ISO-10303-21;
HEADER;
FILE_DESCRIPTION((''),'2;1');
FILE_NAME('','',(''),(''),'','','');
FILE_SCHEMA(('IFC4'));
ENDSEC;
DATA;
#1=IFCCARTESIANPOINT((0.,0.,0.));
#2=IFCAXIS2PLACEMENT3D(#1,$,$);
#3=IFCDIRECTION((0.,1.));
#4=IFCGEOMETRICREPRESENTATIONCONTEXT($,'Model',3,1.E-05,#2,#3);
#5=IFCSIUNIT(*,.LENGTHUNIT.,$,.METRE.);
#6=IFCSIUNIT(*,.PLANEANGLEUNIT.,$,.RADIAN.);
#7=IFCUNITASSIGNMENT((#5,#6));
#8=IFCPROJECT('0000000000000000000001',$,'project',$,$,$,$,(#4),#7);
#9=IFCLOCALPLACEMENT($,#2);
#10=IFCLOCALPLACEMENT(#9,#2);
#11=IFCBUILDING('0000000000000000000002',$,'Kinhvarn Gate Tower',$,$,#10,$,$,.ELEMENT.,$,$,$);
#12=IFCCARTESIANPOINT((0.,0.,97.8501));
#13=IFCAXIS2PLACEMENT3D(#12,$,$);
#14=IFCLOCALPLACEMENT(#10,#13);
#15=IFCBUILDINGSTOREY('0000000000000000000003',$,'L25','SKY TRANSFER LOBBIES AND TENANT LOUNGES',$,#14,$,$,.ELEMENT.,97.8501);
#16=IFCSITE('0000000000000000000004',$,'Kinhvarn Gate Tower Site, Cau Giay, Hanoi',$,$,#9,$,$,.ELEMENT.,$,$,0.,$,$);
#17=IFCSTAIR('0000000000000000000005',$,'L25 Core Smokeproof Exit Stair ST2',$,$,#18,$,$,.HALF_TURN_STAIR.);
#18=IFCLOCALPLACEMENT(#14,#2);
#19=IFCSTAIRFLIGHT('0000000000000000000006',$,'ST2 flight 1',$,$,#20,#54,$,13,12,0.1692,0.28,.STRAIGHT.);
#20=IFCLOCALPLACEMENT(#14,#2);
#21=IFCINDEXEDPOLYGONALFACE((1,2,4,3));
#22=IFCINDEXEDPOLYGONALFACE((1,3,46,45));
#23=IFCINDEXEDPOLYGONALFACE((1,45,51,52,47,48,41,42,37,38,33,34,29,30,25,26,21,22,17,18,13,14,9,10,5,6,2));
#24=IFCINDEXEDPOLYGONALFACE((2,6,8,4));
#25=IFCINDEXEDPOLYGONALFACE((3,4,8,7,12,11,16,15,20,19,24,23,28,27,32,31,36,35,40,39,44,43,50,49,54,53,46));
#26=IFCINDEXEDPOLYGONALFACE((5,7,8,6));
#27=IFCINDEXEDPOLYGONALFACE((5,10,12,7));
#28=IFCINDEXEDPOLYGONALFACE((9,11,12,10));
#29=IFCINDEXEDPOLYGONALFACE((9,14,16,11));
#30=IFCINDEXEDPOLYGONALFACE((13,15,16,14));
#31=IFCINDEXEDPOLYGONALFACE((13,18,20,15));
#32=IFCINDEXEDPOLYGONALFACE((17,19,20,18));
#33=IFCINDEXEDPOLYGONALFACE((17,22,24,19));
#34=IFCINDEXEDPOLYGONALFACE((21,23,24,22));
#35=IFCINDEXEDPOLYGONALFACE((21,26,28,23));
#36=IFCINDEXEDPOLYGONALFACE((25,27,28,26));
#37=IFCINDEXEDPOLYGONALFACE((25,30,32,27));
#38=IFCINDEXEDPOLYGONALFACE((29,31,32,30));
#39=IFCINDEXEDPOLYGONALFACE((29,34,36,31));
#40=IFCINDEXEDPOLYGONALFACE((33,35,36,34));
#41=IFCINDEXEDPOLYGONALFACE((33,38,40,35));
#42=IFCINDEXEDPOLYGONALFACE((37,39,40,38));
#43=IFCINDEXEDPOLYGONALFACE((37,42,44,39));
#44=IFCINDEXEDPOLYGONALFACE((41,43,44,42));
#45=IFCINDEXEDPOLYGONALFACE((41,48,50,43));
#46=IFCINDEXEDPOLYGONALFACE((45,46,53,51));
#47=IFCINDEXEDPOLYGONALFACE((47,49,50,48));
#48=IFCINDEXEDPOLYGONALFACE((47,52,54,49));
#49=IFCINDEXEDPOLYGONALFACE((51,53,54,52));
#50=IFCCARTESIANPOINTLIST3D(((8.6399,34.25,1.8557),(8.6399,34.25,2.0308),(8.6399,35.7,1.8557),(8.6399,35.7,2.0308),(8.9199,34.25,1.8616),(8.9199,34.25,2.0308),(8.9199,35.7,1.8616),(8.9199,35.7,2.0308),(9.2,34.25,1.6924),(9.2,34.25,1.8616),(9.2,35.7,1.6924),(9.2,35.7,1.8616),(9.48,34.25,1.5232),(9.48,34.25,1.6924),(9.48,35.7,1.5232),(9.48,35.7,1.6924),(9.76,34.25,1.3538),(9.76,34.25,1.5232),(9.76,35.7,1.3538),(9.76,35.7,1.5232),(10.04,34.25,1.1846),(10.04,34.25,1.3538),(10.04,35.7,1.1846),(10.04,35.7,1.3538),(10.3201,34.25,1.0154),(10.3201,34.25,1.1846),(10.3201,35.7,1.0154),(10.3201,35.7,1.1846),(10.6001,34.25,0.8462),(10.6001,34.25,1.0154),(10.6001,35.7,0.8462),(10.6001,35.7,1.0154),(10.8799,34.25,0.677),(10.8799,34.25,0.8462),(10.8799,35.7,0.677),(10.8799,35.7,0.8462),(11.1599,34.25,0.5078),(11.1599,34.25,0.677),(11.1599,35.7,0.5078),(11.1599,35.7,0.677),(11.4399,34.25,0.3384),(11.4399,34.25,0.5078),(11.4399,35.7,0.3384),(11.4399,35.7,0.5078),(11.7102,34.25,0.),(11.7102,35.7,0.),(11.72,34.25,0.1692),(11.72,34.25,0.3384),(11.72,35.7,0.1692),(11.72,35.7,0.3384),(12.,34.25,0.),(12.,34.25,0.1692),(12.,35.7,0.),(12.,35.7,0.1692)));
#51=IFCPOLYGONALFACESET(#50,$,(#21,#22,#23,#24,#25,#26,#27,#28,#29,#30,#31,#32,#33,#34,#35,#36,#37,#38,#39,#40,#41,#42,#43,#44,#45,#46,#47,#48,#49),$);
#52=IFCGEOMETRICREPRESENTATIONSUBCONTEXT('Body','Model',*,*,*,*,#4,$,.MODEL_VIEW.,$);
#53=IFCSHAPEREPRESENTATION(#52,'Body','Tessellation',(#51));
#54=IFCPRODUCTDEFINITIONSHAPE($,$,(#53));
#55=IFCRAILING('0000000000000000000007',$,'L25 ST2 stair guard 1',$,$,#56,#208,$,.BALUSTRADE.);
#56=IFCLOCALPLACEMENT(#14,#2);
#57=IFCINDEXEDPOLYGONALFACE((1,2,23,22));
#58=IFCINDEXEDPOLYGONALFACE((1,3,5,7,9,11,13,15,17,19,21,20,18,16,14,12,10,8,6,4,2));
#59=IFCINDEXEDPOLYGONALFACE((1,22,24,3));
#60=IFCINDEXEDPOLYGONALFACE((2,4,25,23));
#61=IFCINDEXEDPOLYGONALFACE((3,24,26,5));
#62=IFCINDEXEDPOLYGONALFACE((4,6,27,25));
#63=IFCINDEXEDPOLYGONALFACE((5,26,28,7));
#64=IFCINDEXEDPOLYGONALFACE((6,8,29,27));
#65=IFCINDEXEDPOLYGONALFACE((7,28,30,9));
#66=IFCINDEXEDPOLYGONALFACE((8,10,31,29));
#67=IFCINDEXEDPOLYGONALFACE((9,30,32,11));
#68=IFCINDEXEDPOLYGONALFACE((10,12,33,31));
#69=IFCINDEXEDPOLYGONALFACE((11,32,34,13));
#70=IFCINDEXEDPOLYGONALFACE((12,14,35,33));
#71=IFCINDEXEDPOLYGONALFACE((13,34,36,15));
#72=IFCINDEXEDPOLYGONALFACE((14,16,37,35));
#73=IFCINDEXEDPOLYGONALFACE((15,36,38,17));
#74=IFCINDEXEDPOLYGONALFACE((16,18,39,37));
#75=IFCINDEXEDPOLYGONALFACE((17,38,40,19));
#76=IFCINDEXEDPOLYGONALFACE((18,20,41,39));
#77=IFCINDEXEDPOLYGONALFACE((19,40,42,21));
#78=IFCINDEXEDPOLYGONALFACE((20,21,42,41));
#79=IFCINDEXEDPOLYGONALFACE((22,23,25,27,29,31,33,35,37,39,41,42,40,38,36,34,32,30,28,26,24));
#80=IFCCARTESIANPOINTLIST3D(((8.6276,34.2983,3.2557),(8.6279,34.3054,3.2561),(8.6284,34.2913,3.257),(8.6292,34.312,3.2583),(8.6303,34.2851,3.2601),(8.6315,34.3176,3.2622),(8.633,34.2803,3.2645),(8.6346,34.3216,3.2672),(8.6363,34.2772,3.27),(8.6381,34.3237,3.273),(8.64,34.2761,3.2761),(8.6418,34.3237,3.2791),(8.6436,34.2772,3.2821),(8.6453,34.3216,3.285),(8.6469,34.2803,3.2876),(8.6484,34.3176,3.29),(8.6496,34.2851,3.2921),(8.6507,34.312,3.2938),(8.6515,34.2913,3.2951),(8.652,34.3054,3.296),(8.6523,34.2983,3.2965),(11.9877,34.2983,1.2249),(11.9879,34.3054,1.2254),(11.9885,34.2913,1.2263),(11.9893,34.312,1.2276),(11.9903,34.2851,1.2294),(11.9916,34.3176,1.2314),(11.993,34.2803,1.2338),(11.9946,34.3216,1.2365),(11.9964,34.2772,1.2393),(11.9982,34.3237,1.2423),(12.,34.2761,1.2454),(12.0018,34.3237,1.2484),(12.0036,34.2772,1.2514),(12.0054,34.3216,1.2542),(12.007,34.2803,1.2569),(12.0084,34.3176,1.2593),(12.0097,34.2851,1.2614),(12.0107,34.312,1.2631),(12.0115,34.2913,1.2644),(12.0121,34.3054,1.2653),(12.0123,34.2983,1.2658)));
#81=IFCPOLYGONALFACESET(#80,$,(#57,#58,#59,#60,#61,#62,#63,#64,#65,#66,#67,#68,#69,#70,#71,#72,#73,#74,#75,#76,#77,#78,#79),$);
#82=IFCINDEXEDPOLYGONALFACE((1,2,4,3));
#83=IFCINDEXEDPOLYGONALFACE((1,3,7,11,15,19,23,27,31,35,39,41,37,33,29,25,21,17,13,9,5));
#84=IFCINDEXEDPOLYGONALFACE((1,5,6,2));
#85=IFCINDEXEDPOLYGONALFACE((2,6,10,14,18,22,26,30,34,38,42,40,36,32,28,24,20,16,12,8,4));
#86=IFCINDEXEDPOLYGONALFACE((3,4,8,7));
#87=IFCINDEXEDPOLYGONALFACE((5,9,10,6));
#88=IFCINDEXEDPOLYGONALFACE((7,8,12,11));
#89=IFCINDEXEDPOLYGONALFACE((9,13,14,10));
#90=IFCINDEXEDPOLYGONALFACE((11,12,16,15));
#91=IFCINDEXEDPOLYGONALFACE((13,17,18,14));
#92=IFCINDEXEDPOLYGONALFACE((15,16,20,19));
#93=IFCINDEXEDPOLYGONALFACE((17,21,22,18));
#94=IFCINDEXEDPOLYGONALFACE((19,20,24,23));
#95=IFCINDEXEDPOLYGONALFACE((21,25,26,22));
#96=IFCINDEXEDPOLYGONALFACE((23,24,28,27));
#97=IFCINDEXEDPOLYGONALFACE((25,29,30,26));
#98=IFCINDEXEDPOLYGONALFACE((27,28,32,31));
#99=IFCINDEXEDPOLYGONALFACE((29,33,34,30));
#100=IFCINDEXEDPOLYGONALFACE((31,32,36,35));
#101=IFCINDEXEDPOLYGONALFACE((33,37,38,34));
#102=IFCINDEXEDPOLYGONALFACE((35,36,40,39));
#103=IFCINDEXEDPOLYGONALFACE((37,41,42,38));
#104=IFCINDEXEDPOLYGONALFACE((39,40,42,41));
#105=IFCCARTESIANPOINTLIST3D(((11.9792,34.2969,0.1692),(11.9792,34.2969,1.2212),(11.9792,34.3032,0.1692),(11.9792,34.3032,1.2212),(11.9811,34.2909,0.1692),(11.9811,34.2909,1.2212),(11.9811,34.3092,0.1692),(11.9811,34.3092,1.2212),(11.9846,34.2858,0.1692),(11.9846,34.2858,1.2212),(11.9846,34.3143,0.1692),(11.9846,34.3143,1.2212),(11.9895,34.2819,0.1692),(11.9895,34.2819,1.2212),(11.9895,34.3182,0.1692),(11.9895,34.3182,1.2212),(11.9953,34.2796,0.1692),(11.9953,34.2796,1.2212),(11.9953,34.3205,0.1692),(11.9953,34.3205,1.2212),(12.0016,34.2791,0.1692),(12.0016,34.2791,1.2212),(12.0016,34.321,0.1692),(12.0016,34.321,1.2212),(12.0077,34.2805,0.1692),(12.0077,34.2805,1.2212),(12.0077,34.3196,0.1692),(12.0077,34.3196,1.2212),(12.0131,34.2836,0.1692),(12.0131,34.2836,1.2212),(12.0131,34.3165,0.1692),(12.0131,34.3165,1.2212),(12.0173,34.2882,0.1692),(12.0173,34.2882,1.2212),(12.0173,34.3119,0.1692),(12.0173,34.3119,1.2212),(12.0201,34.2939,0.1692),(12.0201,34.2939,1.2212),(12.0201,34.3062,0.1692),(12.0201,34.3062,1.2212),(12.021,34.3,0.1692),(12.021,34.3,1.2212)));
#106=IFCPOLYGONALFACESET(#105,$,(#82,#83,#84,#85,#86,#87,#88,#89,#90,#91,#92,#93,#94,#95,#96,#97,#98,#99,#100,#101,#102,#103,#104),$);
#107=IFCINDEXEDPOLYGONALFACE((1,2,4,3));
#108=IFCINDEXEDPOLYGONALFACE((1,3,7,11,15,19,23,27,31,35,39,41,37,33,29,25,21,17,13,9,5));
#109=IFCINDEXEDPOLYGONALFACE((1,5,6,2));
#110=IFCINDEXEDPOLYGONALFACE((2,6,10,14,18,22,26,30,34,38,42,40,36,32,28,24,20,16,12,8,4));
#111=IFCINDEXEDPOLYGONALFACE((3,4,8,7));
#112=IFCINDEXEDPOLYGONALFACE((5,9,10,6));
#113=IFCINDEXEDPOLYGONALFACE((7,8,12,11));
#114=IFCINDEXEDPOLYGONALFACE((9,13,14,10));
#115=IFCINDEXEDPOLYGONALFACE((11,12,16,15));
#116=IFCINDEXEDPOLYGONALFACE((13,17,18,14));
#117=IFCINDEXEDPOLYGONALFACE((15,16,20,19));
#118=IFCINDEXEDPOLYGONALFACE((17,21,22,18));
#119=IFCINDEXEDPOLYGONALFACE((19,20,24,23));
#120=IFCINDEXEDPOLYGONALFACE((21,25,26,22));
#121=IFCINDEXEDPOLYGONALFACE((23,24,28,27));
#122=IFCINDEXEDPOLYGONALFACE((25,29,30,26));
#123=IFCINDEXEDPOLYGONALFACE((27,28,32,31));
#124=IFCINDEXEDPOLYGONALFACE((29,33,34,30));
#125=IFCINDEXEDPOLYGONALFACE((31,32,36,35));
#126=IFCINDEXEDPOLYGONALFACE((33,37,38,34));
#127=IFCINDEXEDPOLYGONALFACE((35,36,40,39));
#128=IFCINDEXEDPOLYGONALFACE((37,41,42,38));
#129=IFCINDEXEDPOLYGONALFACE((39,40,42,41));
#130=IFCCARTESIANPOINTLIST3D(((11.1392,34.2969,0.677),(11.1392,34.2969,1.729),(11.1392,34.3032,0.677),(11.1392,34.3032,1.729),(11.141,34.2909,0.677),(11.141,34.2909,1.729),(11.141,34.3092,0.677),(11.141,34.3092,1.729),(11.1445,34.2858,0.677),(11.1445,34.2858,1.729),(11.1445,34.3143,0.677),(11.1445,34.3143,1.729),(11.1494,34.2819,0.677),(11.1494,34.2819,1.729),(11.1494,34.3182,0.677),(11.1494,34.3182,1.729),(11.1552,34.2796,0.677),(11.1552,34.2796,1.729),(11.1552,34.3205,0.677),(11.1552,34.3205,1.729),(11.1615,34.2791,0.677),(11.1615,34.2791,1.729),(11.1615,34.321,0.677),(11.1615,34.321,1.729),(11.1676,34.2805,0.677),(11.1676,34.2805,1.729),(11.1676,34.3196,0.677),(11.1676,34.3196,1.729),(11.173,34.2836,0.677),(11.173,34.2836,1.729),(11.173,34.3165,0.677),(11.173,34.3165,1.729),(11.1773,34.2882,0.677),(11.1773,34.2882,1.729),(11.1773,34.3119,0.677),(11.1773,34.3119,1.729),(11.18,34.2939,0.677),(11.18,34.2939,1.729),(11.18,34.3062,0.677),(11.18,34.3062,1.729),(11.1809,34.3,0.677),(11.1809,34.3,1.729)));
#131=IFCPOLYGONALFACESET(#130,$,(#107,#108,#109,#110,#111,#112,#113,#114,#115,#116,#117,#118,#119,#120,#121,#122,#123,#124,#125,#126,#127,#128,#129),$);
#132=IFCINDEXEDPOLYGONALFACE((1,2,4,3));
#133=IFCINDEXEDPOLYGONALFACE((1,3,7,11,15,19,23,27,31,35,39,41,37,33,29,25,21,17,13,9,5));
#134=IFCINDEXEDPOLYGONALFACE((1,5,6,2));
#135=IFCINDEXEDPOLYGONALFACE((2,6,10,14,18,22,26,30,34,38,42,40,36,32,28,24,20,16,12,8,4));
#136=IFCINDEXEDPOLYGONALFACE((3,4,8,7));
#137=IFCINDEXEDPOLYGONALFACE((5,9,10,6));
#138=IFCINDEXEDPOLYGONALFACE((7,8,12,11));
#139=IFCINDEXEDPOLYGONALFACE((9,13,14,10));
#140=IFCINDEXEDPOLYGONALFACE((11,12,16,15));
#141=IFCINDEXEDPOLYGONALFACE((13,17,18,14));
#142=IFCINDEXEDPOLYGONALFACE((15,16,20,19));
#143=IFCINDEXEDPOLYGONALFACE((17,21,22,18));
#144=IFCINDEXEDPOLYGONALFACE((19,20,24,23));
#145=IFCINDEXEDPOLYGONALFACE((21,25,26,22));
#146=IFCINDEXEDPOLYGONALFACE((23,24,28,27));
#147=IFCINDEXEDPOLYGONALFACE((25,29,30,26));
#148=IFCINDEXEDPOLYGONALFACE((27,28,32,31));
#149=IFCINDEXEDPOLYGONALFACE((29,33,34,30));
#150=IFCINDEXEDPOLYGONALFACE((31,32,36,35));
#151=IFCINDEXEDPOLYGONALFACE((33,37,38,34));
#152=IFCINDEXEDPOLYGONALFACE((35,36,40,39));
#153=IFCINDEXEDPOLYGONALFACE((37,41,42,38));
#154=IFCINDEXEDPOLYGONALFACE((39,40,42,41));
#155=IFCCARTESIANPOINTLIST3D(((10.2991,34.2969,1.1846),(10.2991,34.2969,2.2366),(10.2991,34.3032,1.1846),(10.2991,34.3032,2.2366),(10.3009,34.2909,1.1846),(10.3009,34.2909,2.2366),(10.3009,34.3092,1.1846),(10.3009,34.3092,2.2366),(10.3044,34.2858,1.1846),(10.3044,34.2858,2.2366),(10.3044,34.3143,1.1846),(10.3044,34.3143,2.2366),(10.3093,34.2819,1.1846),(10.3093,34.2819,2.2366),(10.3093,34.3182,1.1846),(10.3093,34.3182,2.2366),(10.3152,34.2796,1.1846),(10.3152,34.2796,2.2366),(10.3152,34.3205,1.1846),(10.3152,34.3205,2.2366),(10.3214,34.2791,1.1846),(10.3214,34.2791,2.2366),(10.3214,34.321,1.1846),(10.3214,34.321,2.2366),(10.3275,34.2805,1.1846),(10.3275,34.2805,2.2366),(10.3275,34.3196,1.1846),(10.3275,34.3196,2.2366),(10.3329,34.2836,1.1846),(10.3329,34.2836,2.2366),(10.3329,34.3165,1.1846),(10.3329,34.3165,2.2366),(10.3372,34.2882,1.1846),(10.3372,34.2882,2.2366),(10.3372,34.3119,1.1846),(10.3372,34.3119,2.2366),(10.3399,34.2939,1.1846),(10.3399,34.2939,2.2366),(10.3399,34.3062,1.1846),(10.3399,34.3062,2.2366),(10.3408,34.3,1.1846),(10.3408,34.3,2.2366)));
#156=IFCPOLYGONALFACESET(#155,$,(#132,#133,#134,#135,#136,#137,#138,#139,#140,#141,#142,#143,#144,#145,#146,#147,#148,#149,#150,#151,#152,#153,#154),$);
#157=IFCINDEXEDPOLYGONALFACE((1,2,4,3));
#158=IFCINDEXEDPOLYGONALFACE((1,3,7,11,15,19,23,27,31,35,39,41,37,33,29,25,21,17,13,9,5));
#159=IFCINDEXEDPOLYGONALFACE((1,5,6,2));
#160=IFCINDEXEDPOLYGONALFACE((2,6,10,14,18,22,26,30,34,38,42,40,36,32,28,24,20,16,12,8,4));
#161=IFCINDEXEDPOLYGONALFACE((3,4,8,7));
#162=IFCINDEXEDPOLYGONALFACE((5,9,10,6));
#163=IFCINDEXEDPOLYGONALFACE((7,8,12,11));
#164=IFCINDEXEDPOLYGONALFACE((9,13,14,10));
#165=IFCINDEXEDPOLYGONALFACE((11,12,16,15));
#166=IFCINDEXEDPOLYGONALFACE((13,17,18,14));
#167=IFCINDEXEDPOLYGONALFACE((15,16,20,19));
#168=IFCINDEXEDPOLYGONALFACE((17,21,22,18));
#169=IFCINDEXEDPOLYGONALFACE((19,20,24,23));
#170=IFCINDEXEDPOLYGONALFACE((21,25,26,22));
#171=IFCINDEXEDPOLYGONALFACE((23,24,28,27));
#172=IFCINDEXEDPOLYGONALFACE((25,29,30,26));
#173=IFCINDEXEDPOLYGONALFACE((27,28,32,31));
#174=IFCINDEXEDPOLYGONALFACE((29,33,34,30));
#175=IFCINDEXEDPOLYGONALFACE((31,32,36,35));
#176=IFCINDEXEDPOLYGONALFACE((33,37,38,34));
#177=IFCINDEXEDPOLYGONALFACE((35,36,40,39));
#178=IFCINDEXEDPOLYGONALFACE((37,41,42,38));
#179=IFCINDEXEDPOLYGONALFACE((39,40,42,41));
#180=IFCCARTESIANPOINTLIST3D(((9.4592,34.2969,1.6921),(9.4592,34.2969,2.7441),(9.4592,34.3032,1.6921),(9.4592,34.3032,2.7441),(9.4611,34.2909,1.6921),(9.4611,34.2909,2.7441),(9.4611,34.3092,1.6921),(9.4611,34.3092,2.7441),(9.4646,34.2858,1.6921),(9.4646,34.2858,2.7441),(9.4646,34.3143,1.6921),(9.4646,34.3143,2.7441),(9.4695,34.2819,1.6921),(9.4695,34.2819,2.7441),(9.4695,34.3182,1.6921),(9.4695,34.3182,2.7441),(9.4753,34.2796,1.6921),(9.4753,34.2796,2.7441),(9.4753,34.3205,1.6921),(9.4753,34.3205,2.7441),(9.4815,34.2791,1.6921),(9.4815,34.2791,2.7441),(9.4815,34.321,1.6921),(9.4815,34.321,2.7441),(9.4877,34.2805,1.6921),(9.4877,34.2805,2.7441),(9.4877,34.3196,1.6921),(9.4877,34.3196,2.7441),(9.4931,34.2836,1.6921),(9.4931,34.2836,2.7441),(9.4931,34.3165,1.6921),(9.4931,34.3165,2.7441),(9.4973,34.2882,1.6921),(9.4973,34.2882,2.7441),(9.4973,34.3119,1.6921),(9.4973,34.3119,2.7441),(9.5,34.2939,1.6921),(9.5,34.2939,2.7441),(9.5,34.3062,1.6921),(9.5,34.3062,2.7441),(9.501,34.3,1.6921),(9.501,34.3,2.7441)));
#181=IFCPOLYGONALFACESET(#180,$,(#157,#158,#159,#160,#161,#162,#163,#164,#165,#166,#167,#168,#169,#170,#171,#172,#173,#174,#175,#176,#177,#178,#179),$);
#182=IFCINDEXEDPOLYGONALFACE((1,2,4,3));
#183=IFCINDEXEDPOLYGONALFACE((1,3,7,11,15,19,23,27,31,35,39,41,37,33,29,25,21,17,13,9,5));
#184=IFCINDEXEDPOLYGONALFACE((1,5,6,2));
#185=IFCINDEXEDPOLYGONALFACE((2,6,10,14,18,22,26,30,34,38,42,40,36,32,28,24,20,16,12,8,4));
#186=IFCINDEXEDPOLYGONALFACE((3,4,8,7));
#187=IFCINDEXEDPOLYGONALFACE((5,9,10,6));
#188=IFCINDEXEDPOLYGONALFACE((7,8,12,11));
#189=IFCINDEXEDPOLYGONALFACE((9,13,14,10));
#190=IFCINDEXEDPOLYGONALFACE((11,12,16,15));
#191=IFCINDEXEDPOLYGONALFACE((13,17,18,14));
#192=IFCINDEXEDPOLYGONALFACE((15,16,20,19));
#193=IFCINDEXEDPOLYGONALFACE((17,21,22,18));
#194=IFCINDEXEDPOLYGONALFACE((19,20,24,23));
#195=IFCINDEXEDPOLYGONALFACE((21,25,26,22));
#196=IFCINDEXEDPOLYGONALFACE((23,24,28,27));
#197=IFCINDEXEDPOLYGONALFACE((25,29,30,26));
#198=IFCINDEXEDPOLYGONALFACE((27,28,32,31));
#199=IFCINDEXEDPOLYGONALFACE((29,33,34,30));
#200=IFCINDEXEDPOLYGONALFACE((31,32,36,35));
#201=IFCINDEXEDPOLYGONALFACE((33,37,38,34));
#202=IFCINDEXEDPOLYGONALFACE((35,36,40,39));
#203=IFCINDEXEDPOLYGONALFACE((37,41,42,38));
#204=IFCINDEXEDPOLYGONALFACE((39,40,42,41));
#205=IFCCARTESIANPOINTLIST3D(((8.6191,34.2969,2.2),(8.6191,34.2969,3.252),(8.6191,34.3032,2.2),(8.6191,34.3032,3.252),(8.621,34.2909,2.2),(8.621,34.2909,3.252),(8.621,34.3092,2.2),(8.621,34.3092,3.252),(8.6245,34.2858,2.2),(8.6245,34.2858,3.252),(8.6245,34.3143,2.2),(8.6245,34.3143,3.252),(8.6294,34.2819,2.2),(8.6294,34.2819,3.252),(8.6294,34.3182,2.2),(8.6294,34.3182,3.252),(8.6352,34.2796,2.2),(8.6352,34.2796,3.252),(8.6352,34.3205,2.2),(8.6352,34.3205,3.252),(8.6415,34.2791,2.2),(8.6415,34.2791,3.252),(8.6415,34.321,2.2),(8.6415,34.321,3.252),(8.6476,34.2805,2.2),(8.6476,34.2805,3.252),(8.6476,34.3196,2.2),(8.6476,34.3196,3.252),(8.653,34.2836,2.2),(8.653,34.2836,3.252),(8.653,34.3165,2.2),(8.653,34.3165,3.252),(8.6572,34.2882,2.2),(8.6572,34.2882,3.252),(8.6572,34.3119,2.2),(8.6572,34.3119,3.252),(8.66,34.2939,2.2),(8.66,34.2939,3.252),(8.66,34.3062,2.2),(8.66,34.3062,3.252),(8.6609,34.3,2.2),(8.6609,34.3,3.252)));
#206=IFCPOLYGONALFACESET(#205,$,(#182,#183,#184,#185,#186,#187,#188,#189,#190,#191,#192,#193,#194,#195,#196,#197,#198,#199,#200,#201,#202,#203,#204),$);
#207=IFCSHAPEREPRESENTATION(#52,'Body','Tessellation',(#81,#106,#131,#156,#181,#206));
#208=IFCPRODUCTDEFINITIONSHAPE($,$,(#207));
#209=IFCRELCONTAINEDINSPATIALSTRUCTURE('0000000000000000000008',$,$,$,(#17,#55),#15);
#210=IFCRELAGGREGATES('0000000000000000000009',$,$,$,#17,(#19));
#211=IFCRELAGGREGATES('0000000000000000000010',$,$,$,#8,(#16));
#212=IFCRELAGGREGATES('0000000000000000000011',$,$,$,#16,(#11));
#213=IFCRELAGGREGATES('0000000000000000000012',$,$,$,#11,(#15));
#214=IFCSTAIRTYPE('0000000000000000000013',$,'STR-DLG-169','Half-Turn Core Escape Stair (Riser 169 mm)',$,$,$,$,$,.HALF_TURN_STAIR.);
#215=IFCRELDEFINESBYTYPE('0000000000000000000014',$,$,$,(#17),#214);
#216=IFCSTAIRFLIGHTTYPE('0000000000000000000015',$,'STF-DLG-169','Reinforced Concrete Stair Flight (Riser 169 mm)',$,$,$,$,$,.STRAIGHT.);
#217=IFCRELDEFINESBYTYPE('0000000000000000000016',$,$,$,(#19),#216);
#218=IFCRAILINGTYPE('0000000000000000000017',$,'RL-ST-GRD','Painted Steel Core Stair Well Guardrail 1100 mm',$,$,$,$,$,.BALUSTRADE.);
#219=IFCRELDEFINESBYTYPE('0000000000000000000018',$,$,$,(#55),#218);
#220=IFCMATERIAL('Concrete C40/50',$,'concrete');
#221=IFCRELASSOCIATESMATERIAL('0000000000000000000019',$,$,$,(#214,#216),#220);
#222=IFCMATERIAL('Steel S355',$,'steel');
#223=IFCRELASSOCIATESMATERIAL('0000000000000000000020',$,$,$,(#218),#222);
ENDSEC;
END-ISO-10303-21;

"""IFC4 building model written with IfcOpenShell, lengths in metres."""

from ifc_helpers import new_model, si_unit, direction, frame, origin, origin_2d, place, context, subcontext, project, spatial, polyline, circle, outline, extrude, material, type_object, element, aggregate, save


model = new_model("IFC4")

# Units and contexts
model_context = context("Model", 3, precision=1e-05, world=origin(), true_north=direction((0.0, 1.0)))
body_context = subcontext(model_context, "Body", "Model", "MODEL_VIEW")
ifc_project = project(units=[si_unit("LENGTHUNIT", "METRE"), si_unit("PLANEANGLEUNIT", "RADIAN")], contexts=[model_context])

# Site, building, storey
site_placement = place(None, origin())
site = spatial("IfcSite", under=ifc_project, at=site_placement, Name="Kinhvarn Gate Tower Site, Cau Giay, Hanoi", CompositionType="ELEMENT", RefElevation=0.0)
building_placement = place(site_placement, origin())
building = spatial("IfcBuilding", under=site, at=building_placement, Name="Kinhvarn Gate Tower", CompositionType="ELEMENT")
storey_placement = place(building_placement, frame((0.0, 0.0, 97.8501)))
storey = spatial("IfcBuildingStorey", under=building, at=storey_placement, Name="L25", Description="SKY TRANSFER LOBBIES AND TENANT LOUNGES", CompositionType="ELEMENT", Elevation=97.8501)

# Shared definitions
ifc_material_1 = material(Name="Steel S355", Category="steel")

# Shared definitions
ifc_material_2 = material(Name="Concrete C40/50", Category="concrete")

# Stair, stair flight
stair_type = type_object("IfcStairType", Name="STR-DLG-169", Description="Half-Turn Core Escape Stair (Riser 169 mm)", PredefinedType="HALF_TURN_STAIR", material=ifc_material_2)
stair_placement = place(storey_placement, origin())
stair = element("IfcStair", 1, at=stair_placement, inside=storey, type_object=stair_type, Name="L25 Core Smokeproof Exit Stair ST2", PredefinedType="HALF_TURN_STAIR")
stair_flight_type = type_object("IfcStairFlightType", Name="STF-DLG-169", Description="Reinforced Concrete Stair Flight (Riser 169 mm)", PredefinedType="STRAIGHT", material=ifc_material_2)
stair_flight_placement = place(storey_placement, frame((12.0, 34.9751, 0.0), z_axis=(0.0, 0.0, 1.0), x_axis=(-1.0, 0.0, 0.0)))
stair_flight = element("IfcStairFlight", 2, at=stair_flight_placement, type_object=stair_flight_type, Name="ST2 flight 1", NumberOfRisers=13, NumberOfTreads=12, PredefinedType="STRAIGHT", RiserHeight=0.1692, TreadLength=0.28, context=body_context, shape_type="SweptSolid", body=[
    extrude(outline(polyline([(0.0, 0.0), (0.0, 0.1692), (0.28, 0.1692), (0.28, 0.3384), (0.5601, 0.3384), (0.5601, 0.5078), (0.8401, 0.5078), (0.8401, 0.677), (1.1201, 0.677), (1.1201, 0.8462), (1.3999, 0.8462), (1.3999, 1.0154), (1.6799, 1.0154), (1.6799, 1.1846), (1.96, 1.1846), (1.96, 1.3538), (2.24, 1.3538), (2.24, 1.5232), (2.52, 1.5232), (2.52, 1.6924), (2.8, 1.6924), (2.8, 1.8616), (3.0801, 1.8616), (3.0801, 2.0308), (3.3601, 2.0308), (3.3601, 2.2), (3.3601, 1.8557), (0.2898, 0.0), (0.0, 0.0)])), frame((0.0, 0.7251, 0.0), z_axis=(0.0, -1.0, 0.0), x_axis=(1.0, 0.0, 0.0)), (0.0, 0.0, 1.0), 1.45),
])
aggregate(stair, [stair_flight])

# Railing
railing_type_1 = type_object("IfcRailingType", Name="RL-ST-GRD", Description="Painted Steel Core Stair Well Guardrail 1100 mm", PredefinedType="BALUSTRADE", material=ifc_material_1)
railing_1_placement = place(storey_placement, frame((12.0, 34.3, 0.1692)))
element("IfcRailing", 3, at=railing_1_placement, inside=storey, type_object=railing_type_1, Name="L25 ST2 stair guard 1", PredefinedType="BALUSTRADE", context=body_context, shape_type="SweptSolid", body=[
    extrude(circle(Radius=0.0239, at=origin_2d()), frame((0.0, 0.0, 1.0762), z_axis=(-0.855837, 0.0, 0.517246), x_axis=(0.0, -1.0, 0.0)), (0.0, 0.0, 1.0), 3.926),
    extrude(circle(Radius=0.021, at=origin_2d()), origin(), (0.0, 0.0, 1.0), 1.052),
    extrude(circle(Radius=0.021, at=origin_2d()), frame((-0.8401, 0.0, 0.5078)), (0.0, 0.0, 1.0), 1.052),
    extrude(circle(Radius=0.021, at=origin_2d()), frame((-1.6802, 0.0, 1.0154)), (0.0, 0.0, 1.0), 1.052),
    extrude(circle(Radius=0.021, at=origin_2d()), frame((-2.52, 0.0, 1.5229)), (0.0, 0.0, 1.0), 1.052),
    extrude(circle(Radius=0.021, at=origin_2d()), frame((-3.3601, 0.0, 2.0308)), (0.0, 0.0, 1.0), 1.052),
])

save(model, "model.ifc")
